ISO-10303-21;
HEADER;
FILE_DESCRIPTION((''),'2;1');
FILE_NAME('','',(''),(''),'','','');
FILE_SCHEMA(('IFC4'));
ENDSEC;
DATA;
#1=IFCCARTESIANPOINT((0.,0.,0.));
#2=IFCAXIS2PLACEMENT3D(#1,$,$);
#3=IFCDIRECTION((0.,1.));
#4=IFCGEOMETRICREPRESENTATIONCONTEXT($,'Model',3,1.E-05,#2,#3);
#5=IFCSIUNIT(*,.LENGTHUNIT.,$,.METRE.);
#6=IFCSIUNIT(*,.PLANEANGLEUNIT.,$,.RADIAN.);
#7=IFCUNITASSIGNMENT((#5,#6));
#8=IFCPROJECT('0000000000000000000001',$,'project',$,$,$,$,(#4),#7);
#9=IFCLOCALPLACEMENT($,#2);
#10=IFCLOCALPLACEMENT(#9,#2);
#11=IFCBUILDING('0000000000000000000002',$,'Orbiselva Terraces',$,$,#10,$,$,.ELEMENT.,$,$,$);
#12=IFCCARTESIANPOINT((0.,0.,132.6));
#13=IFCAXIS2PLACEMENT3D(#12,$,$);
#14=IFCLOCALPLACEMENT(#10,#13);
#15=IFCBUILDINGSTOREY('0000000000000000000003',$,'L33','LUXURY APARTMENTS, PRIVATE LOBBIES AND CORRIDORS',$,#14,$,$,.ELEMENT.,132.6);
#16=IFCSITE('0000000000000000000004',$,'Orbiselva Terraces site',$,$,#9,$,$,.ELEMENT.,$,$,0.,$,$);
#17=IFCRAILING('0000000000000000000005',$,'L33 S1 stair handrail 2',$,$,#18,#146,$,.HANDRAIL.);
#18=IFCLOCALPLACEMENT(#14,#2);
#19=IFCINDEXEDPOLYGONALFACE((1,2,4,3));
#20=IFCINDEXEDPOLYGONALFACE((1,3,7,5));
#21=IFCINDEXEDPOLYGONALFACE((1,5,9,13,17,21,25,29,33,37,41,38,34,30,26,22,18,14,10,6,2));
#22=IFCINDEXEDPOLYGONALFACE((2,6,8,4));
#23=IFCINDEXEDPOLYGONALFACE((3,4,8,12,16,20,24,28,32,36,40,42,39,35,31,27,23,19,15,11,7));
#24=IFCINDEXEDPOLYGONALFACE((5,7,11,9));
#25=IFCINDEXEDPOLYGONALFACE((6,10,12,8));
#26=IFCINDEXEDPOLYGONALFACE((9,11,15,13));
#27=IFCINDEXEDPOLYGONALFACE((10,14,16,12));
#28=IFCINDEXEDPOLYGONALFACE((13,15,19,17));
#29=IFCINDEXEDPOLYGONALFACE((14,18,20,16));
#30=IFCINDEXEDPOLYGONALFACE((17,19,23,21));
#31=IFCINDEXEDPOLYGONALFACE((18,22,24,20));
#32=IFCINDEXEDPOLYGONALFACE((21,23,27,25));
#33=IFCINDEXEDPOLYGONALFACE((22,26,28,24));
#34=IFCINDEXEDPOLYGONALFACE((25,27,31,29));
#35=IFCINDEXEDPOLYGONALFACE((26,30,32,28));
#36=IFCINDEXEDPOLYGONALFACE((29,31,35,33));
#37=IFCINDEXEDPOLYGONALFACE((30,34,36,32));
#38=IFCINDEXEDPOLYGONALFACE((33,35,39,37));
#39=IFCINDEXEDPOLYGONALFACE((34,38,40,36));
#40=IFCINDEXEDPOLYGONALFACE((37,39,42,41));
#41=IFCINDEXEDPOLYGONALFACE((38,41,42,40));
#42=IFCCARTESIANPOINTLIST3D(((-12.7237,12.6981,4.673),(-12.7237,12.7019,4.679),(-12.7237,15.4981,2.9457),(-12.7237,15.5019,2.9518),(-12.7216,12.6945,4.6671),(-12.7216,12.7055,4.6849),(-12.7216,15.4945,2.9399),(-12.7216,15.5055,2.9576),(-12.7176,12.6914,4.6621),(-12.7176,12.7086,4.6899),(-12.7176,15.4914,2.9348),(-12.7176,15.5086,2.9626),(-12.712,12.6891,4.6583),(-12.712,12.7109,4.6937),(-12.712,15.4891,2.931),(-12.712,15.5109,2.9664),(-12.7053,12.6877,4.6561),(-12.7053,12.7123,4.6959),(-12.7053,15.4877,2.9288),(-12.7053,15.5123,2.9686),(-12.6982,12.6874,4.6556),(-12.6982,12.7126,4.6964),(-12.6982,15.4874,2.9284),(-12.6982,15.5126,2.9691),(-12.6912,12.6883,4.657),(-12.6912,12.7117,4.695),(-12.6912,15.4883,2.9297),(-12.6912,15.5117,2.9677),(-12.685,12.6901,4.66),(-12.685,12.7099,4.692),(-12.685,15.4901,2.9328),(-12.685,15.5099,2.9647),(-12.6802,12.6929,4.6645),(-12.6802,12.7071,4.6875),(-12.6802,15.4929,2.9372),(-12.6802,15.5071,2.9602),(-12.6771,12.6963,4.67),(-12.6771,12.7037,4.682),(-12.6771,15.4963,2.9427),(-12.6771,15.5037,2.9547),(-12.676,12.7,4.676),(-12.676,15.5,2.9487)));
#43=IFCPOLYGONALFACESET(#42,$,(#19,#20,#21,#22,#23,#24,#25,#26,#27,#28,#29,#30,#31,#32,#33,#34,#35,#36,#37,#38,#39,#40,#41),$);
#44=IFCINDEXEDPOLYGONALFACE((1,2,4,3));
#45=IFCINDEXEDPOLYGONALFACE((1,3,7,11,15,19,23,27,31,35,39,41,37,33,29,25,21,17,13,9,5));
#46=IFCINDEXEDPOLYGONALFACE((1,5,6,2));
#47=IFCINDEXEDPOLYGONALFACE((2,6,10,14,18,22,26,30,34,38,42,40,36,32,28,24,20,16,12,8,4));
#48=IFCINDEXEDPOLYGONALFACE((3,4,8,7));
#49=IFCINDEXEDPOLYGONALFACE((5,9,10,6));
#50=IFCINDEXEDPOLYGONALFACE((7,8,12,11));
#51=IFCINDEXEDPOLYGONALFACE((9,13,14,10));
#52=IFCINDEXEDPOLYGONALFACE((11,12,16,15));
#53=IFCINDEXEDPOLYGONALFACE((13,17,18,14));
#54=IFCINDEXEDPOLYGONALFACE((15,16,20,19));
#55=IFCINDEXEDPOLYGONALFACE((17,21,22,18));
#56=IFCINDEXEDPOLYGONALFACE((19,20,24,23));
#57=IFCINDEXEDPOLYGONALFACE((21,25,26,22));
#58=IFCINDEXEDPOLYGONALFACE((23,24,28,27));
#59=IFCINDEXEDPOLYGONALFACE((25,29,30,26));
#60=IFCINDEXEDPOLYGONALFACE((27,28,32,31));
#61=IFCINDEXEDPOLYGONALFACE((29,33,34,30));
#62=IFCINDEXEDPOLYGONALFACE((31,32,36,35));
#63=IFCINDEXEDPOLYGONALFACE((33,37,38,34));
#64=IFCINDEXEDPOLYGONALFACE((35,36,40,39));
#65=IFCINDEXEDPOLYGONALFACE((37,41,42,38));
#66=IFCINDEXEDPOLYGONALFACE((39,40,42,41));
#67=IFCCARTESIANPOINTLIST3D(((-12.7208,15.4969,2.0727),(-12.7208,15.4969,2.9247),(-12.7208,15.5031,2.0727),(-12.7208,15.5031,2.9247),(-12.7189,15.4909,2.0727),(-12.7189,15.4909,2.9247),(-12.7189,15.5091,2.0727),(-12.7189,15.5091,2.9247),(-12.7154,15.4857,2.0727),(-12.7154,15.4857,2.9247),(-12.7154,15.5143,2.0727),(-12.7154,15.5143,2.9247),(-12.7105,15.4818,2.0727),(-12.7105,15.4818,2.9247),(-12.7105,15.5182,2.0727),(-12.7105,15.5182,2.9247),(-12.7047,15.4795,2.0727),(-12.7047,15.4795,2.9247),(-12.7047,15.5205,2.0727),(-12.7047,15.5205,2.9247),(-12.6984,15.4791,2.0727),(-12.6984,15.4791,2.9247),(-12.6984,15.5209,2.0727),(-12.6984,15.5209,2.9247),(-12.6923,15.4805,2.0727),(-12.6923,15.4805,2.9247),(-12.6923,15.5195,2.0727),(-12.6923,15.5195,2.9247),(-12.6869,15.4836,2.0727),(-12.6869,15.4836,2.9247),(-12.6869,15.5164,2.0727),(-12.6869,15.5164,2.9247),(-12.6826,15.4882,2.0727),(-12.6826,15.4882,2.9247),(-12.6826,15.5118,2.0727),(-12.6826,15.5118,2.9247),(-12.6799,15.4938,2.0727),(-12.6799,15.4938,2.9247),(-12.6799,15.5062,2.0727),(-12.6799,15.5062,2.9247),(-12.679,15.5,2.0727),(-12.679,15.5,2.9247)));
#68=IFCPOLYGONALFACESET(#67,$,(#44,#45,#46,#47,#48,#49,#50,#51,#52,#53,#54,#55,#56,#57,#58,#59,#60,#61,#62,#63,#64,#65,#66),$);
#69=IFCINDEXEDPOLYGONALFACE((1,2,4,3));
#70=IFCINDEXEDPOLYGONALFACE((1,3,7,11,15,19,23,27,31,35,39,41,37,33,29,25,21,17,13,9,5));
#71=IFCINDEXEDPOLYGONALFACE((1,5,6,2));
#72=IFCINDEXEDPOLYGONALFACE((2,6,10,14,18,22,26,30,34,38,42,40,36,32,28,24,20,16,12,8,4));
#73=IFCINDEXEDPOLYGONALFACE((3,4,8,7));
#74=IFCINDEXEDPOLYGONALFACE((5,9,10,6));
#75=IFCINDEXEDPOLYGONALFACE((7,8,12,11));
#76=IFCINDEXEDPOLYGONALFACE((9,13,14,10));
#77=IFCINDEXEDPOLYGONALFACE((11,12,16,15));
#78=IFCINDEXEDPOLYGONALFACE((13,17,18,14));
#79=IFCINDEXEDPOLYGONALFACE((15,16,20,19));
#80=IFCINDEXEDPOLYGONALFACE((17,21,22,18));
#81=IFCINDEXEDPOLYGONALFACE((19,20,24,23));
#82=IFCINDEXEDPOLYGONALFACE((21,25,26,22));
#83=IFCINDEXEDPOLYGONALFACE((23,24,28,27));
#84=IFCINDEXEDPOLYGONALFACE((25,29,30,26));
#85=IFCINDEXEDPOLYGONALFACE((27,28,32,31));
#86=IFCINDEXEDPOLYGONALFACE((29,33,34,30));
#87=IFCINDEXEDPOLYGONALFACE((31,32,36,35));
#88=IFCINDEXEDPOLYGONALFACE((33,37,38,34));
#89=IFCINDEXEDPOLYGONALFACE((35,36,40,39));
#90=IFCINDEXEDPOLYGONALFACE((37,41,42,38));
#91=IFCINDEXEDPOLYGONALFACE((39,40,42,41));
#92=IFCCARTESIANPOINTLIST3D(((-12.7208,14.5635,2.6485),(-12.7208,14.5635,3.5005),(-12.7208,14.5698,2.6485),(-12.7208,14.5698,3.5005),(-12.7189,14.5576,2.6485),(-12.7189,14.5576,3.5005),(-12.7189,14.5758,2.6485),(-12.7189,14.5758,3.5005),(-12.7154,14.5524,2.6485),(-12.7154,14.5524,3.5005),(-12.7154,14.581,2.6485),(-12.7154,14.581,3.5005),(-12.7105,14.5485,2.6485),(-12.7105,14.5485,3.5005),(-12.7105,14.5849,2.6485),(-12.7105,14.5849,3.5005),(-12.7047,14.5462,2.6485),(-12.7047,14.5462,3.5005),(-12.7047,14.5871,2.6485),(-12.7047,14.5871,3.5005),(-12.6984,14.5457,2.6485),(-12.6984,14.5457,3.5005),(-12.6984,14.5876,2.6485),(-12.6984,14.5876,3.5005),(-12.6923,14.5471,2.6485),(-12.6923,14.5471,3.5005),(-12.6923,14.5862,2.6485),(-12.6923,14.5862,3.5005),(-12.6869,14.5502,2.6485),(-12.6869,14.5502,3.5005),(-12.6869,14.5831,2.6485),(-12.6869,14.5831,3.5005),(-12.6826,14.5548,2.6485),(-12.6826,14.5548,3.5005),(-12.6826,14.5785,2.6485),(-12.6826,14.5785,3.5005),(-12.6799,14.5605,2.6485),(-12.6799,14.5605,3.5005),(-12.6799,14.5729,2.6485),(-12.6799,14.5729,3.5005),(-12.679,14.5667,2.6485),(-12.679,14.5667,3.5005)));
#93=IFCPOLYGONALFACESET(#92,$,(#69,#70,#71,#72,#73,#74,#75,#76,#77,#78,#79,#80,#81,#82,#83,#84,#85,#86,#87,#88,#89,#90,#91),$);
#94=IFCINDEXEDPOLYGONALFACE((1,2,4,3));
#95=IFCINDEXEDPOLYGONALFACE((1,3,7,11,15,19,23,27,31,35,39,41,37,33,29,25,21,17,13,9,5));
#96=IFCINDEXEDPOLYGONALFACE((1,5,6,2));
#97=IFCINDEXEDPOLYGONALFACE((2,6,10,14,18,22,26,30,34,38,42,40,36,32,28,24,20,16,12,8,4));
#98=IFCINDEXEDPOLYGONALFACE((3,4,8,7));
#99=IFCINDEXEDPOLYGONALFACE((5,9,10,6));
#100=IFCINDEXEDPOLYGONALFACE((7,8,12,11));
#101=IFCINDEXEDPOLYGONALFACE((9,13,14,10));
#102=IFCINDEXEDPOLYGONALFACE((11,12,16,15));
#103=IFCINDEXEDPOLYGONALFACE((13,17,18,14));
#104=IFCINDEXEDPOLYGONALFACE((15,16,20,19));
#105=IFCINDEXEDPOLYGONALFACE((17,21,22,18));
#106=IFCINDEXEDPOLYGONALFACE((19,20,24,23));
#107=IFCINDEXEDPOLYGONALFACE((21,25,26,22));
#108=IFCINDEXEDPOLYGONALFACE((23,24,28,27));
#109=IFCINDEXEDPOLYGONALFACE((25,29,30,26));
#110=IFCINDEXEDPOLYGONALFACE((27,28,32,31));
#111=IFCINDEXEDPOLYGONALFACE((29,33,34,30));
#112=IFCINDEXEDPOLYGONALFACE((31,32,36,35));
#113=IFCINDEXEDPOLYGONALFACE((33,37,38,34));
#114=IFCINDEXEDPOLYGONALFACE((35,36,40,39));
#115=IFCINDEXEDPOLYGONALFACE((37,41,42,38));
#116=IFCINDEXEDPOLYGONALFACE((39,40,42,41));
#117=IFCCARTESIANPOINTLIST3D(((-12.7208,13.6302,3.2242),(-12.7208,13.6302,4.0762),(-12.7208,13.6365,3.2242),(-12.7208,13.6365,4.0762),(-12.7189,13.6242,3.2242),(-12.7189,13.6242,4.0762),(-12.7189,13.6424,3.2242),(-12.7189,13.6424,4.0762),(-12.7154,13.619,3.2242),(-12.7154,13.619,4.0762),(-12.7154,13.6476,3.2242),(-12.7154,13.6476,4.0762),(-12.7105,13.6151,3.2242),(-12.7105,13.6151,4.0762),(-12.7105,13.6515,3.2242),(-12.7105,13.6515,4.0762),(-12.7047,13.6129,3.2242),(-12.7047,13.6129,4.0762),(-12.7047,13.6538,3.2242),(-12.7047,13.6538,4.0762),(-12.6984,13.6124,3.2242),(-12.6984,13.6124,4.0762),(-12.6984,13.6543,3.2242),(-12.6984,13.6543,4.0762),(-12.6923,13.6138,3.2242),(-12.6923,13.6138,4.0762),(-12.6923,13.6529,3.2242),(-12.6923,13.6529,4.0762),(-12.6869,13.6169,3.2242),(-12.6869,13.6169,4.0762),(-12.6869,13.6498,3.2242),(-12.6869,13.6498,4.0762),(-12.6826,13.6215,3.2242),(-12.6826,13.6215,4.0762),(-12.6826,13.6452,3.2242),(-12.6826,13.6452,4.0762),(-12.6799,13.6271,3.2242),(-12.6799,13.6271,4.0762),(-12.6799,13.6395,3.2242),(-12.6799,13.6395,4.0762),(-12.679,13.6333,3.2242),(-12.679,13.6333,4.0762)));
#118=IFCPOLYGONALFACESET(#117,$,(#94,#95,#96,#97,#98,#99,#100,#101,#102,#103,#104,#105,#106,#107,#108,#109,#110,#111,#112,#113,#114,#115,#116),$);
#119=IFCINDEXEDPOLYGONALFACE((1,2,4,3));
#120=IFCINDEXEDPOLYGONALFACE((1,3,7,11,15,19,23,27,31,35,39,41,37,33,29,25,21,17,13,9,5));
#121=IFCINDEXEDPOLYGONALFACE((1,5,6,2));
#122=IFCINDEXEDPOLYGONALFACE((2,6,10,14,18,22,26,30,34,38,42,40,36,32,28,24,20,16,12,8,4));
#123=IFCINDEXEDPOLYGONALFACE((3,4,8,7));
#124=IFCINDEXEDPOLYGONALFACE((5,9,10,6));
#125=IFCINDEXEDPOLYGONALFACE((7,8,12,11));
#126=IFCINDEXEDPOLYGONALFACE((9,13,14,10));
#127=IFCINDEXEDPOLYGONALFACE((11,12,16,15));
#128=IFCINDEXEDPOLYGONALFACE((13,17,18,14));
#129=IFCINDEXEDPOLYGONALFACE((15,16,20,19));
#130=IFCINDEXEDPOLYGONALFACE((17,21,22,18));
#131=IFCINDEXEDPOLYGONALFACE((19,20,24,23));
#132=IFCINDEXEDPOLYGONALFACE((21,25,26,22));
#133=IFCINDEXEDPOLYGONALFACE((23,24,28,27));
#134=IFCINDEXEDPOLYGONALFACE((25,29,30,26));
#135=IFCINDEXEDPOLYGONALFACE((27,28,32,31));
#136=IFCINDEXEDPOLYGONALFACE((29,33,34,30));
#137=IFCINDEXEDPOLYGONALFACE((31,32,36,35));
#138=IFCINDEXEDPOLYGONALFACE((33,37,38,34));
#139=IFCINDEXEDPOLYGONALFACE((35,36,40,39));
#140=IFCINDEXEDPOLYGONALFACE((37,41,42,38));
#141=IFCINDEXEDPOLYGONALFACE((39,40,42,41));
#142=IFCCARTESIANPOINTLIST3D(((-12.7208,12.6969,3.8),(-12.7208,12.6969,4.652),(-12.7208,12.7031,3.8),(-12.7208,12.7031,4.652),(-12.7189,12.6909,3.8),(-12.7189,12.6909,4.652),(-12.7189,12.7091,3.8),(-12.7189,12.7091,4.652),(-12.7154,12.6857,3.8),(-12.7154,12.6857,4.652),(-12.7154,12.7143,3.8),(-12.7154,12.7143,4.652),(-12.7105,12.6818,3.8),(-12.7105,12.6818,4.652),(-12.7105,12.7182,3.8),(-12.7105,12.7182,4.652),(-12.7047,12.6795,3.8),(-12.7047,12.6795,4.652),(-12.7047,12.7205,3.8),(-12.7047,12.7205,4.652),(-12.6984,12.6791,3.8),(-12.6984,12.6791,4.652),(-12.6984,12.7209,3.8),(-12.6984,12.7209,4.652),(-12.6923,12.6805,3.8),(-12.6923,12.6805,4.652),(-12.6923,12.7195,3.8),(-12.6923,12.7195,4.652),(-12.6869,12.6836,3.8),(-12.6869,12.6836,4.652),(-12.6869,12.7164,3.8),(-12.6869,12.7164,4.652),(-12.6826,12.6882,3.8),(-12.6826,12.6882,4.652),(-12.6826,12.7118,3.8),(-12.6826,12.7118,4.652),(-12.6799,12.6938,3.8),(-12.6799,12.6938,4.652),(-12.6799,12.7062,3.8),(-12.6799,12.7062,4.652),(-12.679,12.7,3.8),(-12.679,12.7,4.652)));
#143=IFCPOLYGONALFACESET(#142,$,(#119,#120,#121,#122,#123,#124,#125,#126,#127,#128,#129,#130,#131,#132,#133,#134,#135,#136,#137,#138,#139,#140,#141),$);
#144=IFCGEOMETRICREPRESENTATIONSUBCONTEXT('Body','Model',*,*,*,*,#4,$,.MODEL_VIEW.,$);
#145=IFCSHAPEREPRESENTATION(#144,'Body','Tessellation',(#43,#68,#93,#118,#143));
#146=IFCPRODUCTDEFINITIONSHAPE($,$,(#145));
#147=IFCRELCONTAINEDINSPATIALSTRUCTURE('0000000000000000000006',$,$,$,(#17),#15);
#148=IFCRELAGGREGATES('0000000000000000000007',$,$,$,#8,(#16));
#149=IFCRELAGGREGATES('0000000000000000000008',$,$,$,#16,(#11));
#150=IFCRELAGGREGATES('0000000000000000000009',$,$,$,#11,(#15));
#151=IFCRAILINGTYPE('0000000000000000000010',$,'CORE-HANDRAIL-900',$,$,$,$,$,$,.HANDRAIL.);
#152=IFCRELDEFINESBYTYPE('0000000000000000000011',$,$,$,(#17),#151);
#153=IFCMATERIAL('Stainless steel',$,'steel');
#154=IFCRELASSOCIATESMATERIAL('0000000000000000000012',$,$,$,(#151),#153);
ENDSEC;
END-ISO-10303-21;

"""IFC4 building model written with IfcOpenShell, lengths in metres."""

from ifc_helpers import new_model, si_unit, direction, frame, origin, origin_2d, place, context, subcontext, project, spatial, circle, extrude, material, type_object, element, save


model = new_model("IFC4")

# Units and contexts
model_context = context("Model", 3, precision=1e-05, world=origin(), true_north=direction((0.0, 1.0)))
body_context = subcontext(model_context, "Body", "Model", "MODEL_VIEW")
ifc_project = project(units=[si_unit("LENGTHUNIT", "METRE"), si_unit("PLANEANGLEUNIT", "RADIAN")], contexts=[model_context])

# Site, building, storey
site_placement = place(None, origin())
site = spatial("IfcSite", under=ifc_project, at=site_placement, Name="Orbiselva Terraces site", CompositionType="ELEMENT", RefElevation=0.0)
building_placement = place(site_placement, origin())
building = spatial("IfcBuilding", under=site, at=building_placement, Name="Orbiselva Terraces", CompositionType="ELEMENT")
storey_placement = place(building_placement, frame((0.0, 0.0, 132.6)))
storey = spatial("IfcBuildingStorey", under=building, at=storey_placement, Name="L33", Description="LUXURY APARTMENTS, PRIVATE LOBBIES AND CORRIDORS", CompositionType="ELEMENT", Elevation=132.6)

# Railing
ifc_material_1 = material(Name="Stainless steel", Category="steel")
railing_type_1 = type_object("IfcRailingType", Name="CORE-HANDRAIL-900", PredefinedType="HANDRAIL", material=ifc_material_1)
railing_1_placement = place(storey_placement, frame((-12.7, 15.5, 2.0727)))
element("IfcRailing", 1, at=railing_1_placement, inside=storey, type_object=railing_type_1, Name="L33 S1 stair handrail 2", PredefinedType="HANDRAIL", context=body_context, shape_type="SweptSolid", body=[
    extrude(circle(Radius=0.024, at=origin_2d()), frame((0.0, 0.0, 0.876), z_axis=(0.0, -0.851089, 0.525022), x_axis=(1.0, 0.0, 0.0)), (0.0, 0.0, 1.0), 3.2899),
    extrude(circle(Radius=0.021, at=origin_2d()), origin(), (0.0, 0.0, 1.0), 0.852),
    extrude(circle(Radius=0.021, at=origin_2d()), frame((0.0, -0.9333, 0.5758)), (0.0, 0.0, 1.0), 0.852),
    extrude(circle(Radius=0.021, at=origin_2d()), frame((0.0, -1.8667, 1.1515)), (0.0, 0.0, 1.0), 0.852),
    extrude(circle(Radius=0.021, at=origin_2d()), frame((0.0, -2.8, 1.7273)), (0.0, 0.0, 1.0), 0.852),
])

save(model, "model.ifc")
